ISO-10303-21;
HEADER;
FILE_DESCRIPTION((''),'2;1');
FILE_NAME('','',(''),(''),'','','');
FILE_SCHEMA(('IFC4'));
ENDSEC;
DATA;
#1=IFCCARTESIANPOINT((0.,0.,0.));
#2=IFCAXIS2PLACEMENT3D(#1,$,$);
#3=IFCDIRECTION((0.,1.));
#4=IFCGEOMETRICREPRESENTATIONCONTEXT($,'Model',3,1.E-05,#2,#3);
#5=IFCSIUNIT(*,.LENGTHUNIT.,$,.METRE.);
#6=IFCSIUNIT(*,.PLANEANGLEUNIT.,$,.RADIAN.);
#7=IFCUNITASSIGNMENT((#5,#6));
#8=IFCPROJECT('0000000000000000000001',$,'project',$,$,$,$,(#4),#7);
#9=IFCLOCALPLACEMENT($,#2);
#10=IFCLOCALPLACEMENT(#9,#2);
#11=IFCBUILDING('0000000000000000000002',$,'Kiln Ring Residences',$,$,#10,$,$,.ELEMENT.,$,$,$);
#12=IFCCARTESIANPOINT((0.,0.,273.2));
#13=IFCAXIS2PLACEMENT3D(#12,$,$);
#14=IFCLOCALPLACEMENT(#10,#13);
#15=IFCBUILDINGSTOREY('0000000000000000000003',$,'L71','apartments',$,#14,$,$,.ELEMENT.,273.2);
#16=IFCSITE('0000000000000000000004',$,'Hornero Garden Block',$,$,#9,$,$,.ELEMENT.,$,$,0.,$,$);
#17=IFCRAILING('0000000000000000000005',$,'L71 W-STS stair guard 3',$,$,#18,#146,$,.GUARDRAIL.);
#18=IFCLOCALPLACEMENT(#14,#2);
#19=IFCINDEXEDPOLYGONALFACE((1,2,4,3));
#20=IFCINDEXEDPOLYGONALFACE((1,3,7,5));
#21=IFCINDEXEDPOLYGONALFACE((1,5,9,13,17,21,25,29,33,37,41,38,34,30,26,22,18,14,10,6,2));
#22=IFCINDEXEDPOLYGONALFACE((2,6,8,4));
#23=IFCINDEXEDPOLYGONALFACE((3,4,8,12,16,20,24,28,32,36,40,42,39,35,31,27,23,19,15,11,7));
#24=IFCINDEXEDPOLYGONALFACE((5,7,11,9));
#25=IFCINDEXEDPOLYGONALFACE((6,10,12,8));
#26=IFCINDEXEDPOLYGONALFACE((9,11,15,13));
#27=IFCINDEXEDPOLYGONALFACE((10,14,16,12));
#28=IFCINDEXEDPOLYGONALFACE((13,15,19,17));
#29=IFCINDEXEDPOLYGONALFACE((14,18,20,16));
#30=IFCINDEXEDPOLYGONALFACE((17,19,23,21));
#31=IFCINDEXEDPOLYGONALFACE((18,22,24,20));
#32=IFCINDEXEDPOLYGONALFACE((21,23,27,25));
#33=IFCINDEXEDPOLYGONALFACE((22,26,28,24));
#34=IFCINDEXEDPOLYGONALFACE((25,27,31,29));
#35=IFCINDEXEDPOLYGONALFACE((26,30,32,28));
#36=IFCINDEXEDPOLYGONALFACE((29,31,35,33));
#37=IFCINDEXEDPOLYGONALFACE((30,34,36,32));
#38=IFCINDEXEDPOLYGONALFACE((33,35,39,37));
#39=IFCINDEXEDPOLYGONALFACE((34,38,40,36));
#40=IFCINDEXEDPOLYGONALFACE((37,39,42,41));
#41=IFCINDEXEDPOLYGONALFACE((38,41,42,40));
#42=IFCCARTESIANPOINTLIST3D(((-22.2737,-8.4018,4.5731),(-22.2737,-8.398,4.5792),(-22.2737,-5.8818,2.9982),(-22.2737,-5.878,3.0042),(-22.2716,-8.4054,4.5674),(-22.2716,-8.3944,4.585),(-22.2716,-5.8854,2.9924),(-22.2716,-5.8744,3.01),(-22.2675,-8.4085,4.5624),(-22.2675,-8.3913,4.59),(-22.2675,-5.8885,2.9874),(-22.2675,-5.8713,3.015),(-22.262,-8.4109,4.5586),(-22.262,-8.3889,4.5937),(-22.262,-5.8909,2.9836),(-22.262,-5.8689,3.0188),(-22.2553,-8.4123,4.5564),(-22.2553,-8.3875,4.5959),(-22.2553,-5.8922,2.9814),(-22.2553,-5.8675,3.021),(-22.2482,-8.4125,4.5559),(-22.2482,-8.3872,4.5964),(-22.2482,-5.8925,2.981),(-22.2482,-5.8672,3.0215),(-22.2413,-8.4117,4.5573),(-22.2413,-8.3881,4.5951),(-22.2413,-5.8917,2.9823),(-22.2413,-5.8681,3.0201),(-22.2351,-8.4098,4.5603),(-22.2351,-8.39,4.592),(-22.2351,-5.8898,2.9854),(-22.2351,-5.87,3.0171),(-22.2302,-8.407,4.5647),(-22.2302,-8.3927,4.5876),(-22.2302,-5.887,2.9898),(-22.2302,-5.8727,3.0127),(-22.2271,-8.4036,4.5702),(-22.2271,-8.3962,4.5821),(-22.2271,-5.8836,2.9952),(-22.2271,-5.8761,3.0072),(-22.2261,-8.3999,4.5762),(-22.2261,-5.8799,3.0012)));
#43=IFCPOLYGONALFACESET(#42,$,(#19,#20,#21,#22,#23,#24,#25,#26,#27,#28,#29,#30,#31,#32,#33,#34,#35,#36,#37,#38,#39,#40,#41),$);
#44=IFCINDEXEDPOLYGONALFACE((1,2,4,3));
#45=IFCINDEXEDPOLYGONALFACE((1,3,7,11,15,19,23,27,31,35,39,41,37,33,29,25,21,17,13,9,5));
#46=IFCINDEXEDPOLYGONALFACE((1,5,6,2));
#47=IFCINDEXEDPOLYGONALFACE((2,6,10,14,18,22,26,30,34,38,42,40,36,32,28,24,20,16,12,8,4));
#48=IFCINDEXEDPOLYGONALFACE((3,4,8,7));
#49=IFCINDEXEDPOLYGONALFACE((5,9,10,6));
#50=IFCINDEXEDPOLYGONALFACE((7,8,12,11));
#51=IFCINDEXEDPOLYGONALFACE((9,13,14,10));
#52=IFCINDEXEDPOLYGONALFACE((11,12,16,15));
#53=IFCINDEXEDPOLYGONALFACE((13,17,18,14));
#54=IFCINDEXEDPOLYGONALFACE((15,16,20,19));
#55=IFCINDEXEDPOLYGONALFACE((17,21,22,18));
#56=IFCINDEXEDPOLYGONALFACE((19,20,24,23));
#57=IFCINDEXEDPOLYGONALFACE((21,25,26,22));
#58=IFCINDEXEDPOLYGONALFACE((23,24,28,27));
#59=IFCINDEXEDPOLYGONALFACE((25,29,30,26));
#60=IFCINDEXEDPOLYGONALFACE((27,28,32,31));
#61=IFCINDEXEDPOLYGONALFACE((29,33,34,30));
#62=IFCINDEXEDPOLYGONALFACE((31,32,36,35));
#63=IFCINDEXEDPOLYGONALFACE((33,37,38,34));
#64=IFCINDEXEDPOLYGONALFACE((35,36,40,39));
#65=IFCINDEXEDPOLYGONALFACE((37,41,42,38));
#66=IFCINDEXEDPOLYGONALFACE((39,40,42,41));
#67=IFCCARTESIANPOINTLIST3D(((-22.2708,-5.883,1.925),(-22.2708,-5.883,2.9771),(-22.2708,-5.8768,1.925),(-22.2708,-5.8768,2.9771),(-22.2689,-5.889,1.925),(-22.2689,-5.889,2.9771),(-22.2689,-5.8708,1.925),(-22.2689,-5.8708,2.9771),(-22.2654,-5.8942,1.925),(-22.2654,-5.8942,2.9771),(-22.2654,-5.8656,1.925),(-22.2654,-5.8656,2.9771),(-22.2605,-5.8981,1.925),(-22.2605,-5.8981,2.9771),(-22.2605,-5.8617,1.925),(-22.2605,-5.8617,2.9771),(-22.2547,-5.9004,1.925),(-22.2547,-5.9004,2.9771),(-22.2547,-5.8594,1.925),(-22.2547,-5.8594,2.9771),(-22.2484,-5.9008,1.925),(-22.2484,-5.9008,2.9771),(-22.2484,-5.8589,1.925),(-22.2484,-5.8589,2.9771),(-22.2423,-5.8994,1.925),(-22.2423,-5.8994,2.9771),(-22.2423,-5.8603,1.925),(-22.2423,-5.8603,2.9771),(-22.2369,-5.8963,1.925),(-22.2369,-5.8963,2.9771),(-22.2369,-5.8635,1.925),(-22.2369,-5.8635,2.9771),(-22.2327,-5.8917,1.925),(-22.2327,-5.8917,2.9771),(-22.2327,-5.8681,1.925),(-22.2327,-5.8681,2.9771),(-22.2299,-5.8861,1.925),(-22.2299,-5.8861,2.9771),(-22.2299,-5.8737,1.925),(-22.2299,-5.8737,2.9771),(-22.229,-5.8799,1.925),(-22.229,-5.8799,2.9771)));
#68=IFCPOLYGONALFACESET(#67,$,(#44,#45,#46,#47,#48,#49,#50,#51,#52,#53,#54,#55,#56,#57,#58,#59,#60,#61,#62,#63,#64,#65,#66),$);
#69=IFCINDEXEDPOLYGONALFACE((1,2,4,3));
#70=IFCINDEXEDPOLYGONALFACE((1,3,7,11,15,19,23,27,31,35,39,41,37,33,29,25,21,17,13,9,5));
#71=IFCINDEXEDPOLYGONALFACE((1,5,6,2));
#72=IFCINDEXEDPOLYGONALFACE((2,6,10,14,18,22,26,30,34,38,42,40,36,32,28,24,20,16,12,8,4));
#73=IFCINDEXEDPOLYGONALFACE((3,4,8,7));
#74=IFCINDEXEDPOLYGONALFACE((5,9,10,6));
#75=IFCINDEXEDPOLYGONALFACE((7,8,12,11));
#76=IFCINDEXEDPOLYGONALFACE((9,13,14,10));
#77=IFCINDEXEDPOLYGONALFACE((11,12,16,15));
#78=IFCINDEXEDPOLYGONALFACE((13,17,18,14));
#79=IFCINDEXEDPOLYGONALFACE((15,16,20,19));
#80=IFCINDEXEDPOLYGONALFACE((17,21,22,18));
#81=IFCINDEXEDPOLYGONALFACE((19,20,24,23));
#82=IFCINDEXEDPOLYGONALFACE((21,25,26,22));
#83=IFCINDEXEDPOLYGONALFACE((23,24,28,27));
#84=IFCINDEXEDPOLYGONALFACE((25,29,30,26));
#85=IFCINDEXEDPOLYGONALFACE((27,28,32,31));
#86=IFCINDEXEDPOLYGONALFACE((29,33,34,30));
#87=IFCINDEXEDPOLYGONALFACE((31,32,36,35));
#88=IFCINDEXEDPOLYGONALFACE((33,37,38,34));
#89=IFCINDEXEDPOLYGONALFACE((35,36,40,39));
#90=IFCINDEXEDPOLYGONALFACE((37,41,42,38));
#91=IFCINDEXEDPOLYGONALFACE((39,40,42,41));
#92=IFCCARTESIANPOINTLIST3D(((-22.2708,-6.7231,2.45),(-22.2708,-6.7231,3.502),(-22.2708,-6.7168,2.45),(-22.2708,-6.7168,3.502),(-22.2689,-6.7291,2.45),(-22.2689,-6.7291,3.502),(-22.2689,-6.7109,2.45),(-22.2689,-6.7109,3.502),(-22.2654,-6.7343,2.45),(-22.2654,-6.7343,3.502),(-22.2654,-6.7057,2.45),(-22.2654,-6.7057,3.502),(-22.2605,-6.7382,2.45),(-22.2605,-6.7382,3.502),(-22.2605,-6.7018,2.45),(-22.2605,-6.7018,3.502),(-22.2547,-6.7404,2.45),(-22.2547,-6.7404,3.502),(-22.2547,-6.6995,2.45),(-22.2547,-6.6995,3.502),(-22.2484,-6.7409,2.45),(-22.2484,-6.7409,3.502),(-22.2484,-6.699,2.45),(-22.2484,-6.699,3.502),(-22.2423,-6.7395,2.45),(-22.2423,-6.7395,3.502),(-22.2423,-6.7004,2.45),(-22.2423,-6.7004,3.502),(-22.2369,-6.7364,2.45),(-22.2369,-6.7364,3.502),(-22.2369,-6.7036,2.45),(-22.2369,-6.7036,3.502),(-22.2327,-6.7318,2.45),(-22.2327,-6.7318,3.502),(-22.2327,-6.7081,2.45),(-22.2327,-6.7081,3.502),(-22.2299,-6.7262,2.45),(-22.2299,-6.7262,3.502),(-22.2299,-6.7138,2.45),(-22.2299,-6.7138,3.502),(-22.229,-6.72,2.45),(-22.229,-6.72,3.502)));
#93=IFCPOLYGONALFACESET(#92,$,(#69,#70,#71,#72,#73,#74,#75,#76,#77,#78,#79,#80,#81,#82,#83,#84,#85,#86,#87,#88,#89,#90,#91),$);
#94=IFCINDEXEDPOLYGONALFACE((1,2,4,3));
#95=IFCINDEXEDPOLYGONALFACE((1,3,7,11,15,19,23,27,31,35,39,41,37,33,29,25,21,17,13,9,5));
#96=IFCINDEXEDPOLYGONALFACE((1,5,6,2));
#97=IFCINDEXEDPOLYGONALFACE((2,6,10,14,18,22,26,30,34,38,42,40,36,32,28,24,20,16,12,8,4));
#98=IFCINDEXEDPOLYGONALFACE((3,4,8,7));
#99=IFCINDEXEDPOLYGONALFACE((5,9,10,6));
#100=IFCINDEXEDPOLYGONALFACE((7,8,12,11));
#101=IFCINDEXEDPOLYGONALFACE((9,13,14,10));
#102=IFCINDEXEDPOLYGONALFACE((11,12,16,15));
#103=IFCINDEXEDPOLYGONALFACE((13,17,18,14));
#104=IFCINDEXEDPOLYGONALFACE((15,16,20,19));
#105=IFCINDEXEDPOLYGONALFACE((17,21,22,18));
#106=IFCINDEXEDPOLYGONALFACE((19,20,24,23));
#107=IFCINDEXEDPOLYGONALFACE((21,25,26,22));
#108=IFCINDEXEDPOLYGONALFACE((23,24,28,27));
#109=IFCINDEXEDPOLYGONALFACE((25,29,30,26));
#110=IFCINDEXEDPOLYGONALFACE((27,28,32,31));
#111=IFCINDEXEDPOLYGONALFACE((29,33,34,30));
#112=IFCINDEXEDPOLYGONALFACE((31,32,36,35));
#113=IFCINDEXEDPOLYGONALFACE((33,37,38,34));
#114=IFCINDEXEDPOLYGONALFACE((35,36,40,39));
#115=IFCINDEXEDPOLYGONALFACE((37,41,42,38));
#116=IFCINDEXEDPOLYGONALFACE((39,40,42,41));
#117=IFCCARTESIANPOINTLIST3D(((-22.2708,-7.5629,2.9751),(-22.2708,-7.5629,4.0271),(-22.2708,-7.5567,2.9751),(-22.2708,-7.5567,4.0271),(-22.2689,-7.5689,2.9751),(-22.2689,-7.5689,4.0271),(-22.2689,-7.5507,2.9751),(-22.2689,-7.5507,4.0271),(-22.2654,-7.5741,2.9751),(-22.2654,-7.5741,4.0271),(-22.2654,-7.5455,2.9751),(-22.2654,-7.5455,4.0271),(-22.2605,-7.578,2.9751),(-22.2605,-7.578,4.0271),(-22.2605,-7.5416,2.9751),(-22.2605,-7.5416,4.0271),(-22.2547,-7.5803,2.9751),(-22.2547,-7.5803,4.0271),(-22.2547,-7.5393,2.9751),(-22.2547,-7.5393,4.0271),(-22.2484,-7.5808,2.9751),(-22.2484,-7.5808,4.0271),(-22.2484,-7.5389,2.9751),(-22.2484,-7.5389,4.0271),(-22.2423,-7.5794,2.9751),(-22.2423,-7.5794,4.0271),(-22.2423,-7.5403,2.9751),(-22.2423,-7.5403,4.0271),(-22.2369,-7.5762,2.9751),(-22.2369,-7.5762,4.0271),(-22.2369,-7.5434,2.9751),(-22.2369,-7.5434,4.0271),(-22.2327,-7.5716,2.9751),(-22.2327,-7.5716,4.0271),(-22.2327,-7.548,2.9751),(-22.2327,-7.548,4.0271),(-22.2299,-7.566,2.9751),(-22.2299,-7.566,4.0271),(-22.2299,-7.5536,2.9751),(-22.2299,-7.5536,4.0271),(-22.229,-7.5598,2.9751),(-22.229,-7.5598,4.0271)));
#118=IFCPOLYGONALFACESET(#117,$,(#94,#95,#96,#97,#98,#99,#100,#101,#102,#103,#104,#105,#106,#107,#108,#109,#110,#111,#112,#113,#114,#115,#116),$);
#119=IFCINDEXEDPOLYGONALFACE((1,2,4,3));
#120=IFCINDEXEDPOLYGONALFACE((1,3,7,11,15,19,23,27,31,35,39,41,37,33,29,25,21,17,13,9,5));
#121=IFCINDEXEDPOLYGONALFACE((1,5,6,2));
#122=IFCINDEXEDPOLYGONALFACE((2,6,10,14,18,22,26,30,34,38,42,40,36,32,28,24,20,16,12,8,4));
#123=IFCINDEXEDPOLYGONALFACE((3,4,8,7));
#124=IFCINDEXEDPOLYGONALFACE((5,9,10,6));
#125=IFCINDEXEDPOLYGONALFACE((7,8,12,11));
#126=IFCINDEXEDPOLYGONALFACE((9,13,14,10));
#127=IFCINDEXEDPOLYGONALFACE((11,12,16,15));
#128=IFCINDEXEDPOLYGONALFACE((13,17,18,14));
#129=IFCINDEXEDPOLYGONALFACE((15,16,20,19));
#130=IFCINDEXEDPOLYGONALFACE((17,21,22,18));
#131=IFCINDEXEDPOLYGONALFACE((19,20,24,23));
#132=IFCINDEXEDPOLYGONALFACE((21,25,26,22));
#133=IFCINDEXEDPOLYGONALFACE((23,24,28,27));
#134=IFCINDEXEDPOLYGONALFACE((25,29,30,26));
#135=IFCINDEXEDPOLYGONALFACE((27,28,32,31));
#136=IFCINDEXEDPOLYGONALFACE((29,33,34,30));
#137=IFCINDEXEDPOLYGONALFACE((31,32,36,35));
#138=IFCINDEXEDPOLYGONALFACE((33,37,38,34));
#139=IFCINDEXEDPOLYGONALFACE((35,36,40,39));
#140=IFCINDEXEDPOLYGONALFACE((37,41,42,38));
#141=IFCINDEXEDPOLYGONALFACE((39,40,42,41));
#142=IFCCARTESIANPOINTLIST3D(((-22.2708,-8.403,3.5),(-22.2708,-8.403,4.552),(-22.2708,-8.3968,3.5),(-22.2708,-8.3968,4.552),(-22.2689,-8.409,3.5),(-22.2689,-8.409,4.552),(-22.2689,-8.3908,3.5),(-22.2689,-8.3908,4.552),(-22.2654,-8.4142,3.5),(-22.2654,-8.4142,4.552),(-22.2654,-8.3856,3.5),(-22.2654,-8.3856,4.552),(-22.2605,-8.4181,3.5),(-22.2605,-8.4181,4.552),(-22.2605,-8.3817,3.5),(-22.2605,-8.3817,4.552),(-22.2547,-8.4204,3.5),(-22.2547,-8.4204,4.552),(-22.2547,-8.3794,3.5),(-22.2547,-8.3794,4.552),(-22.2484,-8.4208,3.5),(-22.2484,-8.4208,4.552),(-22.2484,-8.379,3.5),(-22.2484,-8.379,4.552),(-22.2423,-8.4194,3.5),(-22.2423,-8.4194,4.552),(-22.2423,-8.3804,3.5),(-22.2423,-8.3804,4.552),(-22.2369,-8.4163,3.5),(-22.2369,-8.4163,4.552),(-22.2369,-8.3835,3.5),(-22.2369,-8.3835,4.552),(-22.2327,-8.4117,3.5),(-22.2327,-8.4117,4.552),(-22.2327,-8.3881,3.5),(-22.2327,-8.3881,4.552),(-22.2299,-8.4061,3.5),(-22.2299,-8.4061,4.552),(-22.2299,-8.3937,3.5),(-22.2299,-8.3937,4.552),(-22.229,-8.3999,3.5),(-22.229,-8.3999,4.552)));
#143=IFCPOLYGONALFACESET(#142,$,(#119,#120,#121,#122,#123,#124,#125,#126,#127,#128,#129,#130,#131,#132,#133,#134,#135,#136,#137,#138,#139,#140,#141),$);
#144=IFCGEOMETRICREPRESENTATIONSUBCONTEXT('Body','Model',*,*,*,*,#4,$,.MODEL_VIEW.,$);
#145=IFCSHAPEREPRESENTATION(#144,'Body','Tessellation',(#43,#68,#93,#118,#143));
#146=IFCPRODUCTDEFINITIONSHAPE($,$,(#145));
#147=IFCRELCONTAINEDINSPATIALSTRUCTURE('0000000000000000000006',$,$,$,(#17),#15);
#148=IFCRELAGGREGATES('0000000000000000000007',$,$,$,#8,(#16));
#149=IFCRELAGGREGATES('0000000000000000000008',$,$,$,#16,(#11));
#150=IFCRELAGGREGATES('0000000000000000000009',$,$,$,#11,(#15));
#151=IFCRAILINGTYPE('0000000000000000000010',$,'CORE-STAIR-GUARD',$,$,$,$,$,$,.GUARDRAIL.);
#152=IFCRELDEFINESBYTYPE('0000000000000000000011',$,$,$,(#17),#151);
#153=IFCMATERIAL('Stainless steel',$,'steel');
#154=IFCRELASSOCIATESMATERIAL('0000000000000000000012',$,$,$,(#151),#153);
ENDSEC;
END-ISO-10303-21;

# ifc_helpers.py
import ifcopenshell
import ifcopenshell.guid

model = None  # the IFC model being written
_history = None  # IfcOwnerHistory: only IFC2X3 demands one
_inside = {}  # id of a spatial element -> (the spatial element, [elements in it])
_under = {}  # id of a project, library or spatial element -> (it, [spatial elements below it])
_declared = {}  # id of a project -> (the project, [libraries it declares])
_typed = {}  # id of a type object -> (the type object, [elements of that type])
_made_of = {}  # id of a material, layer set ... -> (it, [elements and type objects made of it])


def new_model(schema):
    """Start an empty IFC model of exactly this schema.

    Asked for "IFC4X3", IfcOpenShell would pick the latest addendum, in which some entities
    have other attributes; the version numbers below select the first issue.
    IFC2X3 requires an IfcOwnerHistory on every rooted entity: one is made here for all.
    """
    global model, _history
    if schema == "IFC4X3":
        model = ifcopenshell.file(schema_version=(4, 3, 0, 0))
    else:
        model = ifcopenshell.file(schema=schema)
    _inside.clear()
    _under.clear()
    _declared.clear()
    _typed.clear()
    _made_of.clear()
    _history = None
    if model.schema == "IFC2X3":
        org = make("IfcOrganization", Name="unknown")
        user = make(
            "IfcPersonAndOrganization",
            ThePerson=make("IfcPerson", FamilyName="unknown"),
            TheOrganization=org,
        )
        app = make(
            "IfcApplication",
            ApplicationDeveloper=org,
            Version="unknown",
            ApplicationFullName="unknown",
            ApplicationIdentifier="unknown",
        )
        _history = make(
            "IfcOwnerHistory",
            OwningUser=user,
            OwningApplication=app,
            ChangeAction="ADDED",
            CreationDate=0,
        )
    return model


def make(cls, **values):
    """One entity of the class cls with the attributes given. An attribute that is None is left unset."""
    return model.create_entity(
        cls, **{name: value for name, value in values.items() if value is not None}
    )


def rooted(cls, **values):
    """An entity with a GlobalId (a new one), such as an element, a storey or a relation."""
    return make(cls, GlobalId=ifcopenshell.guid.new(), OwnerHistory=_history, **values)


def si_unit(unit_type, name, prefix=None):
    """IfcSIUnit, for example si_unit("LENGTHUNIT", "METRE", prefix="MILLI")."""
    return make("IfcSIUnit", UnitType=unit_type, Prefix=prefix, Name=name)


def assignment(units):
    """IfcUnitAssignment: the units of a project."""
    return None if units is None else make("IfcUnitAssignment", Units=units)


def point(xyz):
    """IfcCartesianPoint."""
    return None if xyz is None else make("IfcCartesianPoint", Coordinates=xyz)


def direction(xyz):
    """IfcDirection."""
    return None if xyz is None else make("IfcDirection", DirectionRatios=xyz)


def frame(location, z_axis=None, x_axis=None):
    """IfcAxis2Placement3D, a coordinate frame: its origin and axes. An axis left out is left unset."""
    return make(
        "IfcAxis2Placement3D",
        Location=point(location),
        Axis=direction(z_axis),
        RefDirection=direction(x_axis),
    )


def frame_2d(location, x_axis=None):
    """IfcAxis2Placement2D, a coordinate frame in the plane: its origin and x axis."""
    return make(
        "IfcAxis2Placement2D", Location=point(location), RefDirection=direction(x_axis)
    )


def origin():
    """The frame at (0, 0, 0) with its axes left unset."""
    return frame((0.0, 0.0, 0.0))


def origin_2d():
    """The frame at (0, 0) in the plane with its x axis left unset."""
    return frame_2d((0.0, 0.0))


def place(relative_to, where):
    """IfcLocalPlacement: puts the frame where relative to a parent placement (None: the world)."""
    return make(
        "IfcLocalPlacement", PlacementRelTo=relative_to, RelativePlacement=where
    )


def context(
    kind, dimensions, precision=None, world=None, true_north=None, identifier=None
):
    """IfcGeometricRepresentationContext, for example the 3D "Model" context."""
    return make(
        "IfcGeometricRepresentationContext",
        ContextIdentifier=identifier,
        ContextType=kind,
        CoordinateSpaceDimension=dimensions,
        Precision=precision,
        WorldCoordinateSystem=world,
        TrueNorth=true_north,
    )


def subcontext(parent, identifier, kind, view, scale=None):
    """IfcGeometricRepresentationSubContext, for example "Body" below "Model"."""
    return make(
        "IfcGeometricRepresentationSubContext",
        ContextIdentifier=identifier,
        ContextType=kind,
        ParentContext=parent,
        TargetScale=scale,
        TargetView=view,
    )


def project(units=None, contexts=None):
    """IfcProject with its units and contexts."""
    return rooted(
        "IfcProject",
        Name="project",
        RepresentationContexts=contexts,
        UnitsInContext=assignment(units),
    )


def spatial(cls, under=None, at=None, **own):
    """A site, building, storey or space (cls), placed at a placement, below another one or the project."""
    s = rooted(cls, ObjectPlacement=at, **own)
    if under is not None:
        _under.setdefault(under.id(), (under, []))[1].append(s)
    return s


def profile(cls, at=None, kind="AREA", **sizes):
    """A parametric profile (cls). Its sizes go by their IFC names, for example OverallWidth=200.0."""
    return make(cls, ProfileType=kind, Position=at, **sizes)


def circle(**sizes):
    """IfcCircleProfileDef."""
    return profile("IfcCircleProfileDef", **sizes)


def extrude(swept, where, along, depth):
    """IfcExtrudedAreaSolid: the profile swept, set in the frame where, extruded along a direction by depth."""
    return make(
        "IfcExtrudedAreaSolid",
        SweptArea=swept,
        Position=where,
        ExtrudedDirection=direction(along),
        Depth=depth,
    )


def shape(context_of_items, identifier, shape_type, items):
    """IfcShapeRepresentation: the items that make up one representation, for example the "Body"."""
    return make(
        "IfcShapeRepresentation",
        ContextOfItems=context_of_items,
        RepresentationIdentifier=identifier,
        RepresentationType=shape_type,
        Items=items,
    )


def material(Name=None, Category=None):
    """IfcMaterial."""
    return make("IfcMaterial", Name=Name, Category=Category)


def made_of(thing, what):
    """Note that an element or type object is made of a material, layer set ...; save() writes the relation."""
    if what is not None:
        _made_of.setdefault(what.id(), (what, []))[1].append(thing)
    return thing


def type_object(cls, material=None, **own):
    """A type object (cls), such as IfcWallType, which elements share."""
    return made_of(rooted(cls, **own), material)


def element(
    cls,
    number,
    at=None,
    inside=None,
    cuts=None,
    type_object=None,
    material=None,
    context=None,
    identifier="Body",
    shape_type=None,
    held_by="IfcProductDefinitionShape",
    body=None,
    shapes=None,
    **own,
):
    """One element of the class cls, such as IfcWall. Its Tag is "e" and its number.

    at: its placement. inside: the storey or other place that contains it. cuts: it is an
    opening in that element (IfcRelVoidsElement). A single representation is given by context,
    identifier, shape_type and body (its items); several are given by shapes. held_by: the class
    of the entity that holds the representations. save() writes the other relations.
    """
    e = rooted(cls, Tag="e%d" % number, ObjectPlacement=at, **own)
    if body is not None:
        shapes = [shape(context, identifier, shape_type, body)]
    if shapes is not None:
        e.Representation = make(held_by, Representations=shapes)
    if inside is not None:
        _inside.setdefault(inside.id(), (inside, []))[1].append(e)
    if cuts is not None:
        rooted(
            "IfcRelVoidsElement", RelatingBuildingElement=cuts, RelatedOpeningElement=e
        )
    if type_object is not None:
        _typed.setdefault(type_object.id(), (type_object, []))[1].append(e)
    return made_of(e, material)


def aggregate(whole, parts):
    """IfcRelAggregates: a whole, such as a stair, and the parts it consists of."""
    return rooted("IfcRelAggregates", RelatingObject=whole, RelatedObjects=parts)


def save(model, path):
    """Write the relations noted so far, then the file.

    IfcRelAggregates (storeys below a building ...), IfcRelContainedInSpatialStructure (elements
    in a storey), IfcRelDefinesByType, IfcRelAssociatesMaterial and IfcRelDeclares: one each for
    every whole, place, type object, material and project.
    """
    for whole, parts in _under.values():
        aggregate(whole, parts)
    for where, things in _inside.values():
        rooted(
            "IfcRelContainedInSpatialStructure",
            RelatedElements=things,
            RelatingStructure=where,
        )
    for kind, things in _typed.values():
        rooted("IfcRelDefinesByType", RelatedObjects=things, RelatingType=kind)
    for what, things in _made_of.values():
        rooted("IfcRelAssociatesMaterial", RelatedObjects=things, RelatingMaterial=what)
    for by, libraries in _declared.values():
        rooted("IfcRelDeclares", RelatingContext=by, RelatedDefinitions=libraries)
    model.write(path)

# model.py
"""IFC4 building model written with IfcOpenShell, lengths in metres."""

from ifc_helpers import new_model, si_unit, direction, frame, origin, origin_2d, place, context, subcontext, project, spatial, circle, extrude, material, type_object, element, save


model = new_model("IFC4")

# Units and contexts
model_context = context("Model", 3, precision=1e-05, world=origin(), true_north=direction((0.0, 1.0)))
body_context = subcontext(model_context, "Body", "Model", "MODEL_VIEW")
ifc_project = project(units=[si_unit("LENGTHUNIT", "METRE"), si_unit("PLANEANGLEUNIT", "RADIAN")], contexts=[model_context])

# Site, building, storey
site_placement = place(None, origin())
site = spatial("IfcSite", under=ifc_project, at=site_placement, Name="Hornero Garden Block", CompositionType="ELEMENT", RefElevation=0.0)
building_placement = place(site_placement, origin())
building = spatial("IfcBuilding", under=site, at=building_placement, Name="Kiln Ring Residences", CompositionType="ELEMENT")
storey_placement = place(building_placement, frame((0.0, 0.0, 273.2)))
storey = spatial("IfcBuildingStorey", under=building, at=storey_placement, Name="L71", Description="apartments", CompositionType="ELEMENT", Elevation=273.2)

# Railing
ifc_material_1 = material(Name="Stainless steel", Category="steel")
railing_type_1 = type_object("IfcRailingType", Name="CORE-STAIR-GUARD", PredefinedType="GUARDRAIL", material=ifc_material_1)
railing_1_placement = place(storey_placement, frame((-22.25, -5.8799, 1.925)))
element("IfcRailing", 1, at=railing_1_placement, inside=storey, type_object=railing_type_1, Name="L71 W-STS stair guard 3", PredefinedType="GUARDRAIL", context=body_context, shape_type="SweptSolid", body=[
    extrude(circle(Radius=0.0239, at=origin_2d()), frame((0.0, 0.0, 1.0762), z_axis=(0.0, -0.848008, 0.529984), x_axis=(1.0, 0.0, 0.0)), (0.0, 0.0, 1.0), 2.9717),
    extrude(circle(Radius=0.021, at=origin_2d()), origin(), (0.0, 0.0, 1.0), 1.052),
    extrude(circle(Radius=0.021, at=origin_2d()), frame((0.0, -0.8401, 0.5249)), (0.0, 0.0, 1.0), 1.052),
    extrude(circle(Radius=0.021, at=origin_2d()), frame((0.0, -1.6799, 1.05)), (0.0, 0.0, 1.0), 1.052),
    extrude(circle(Radius=0.021, at=origin_2d()), frame((0.0, -2.52, 1.575)), (0.0, 0.0, 1.0), 1.052),
])

save(model, "model.ifc")
